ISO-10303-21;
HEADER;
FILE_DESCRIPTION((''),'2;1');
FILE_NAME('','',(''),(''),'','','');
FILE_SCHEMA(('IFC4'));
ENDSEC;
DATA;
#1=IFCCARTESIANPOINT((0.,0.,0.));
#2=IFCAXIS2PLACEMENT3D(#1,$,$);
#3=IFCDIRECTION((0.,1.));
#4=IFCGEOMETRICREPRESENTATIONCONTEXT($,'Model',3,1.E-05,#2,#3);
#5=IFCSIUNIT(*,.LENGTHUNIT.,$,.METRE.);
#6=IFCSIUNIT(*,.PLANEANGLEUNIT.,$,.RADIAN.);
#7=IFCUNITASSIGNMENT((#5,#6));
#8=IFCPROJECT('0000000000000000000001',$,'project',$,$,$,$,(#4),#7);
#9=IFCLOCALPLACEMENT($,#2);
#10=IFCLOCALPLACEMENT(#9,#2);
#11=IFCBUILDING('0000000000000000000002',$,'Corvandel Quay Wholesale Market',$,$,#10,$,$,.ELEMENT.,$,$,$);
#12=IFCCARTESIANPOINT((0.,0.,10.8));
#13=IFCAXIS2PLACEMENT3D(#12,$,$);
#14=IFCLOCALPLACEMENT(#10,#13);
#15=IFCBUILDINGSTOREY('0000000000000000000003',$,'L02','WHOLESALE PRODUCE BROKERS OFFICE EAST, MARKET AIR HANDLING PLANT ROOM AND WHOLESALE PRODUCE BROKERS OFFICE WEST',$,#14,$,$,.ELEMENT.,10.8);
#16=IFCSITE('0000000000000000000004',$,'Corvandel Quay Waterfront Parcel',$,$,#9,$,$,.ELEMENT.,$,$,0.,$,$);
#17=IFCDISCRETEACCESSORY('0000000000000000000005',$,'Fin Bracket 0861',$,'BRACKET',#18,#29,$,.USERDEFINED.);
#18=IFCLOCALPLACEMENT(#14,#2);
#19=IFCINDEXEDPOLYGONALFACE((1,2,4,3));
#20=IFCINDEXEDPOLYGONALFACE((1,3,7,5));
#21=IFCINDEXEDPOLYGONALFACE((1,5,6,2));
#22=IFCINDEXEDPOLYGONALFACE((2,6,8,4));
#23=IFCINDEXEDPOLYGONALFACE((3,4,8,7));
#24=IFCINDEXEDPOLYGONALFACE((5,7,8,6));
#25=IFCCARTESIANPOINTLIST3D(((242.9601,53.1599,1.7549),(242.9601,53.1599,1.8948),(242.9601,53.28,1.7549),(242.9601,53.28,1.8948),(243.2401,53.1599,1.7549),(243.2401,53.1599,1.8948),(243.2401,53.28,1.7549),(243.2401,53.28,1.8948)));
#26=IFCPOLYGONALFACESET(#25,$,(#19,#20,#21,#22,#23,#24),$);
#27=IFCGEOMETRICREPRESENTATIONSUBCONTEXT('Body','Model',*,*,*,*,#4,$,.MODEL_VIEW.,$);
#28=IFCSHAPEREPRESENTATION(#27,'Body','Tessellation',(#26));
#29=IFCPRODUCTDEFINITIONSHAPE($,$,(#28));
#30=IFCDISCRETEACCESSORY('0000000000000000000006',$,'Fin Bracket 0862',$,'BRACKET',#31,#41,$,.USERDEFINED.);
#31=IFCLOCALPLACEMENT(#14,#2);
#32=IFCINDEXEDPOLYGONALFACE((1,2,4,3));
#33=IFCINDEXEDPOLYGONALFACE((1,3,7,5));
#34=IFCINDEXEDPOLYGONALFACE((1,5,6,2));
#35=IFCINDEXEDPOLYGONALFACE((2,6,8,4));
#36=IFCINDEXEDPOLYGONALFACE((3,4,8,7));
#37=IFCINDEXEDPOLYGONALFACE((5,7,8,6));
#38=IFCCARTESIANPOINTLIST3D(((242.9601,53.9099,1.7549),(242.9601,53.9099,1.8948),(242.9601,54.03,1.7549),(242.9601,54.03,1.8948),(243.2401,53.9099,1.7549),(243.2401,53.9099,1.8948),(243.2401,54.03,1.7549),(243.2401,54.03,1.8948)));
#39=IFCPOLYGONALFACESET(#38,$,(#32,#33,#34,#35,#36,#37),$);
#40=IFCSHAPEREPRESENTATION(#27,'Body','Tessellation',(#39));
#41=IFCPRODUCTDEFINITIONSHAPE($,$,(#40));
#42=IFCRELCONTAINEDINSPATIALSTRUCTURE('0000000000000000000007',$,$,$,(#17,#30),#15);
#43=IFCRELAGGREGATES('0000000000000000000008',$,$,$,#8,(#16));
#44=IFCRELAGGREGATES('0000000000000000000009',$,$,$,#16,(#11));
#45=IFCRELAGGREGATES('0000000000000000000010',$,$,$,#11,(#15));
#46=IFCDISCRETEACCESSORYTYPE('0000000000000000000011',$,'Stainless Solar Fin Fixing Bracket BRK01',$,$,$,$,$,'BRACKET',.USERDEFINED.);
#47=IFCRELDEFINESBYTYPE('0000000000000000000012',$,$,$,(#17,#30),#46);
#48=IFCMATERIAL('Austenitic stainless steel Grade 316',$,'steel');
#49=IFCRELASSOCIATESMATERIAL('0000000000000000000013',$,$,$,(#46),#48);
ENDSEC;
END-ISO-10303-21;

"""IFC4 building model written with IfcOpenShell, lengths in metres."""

from ifc_helpers import new_model, si_unit, direction, frame, origin, origin_2d, place, context, subcontext, project, spatial, rectangle, extrude, material, type_object, element, save


model = new_model("IFC4")

# Units and contexts
model_context = context("Model", 3, precision=1e-05, world=origin(), true_north=direction((0.0, 1.0)))
body_context = subcontext(model_context, "Body", "Model", "MODEL_VIEW")
ifc_project = project(units=[si_unit("LENGTHUNIT", "METRE"), si_unit("PLANEANGLEUNIT", "RADIAN")], contexts=[model_context])

# Site, building, storey
site_placement = place(None, origin())
site = spatial("IfcSite", under=ifc_project, at=site_placement, Name="Corvandel Quay Waterfront Parcel", CompositionType="ELEMENT", RefElevation=0.0)
building_placement = place(site_placement, origin())
building = spatial("IfcBuilding", under=site, at=building_placement, Name="Corvandel Quay Wholesale Market", CompositionType="ELEMENT")
storey_placement = place(building_placement, frame((0.0, 0.0, 10.8)))
storey = spatial("IfcBuildingStorey", under=building, at=storey_placement, Name="L02", Description="WHOLESALE PRODUCE BROKERS OFFICE EAST, MARKET AIR HANDLING PLANT ROOM AND WHOLESALE PRODUCE BROKERS OFFICE WEST", CompositionType="ELEMENT", Elevation=10.8)

# Discrete accessories
ifc_material_1 = material(Name="Austenitic stainless steel Grade 316", Category="steel")
discrete_accessory_type = type_object("IfcDiscreteAccessoryType", Name="Stainless Solar Fin Fixing Bracket BRK01", ElementType="BRACKET", PredefinedType="USERDEFINED", material=ifc_material_1)
for number, where, z_axis, x_axis, name in (
    (1, (243.1001, 53.22, 1.7549), (0.0, 0.0, 1.0), (1.0, 0.0, 0.0), "Fin Bracket 0861"),
    (2, (243.1001, 53.97, 1.7549), (0.0, 0.0, 1.0), (1.0, 0.0, 0.0), "Fin Bracket 0862"),
):
    element("IfcDiscreteAccessory", number, at=place(storey_placement, frame(where, z_axis=z_axis, x_axis=x_axis)), inside=storey, type_object=discrete_accessory_type, Name=name, ObjectType="BRACKET", PredefinedType="USERDEFINED", context=body_context, shape_type="SweptSolid", body=[
        extrude(rectangle(XDim=0.28, YDim=0.1201, at=origin_2d()), origin(), (0.0, 0.0, 1.0), 0.1399),
    ])

save(model, "model.ifc")
